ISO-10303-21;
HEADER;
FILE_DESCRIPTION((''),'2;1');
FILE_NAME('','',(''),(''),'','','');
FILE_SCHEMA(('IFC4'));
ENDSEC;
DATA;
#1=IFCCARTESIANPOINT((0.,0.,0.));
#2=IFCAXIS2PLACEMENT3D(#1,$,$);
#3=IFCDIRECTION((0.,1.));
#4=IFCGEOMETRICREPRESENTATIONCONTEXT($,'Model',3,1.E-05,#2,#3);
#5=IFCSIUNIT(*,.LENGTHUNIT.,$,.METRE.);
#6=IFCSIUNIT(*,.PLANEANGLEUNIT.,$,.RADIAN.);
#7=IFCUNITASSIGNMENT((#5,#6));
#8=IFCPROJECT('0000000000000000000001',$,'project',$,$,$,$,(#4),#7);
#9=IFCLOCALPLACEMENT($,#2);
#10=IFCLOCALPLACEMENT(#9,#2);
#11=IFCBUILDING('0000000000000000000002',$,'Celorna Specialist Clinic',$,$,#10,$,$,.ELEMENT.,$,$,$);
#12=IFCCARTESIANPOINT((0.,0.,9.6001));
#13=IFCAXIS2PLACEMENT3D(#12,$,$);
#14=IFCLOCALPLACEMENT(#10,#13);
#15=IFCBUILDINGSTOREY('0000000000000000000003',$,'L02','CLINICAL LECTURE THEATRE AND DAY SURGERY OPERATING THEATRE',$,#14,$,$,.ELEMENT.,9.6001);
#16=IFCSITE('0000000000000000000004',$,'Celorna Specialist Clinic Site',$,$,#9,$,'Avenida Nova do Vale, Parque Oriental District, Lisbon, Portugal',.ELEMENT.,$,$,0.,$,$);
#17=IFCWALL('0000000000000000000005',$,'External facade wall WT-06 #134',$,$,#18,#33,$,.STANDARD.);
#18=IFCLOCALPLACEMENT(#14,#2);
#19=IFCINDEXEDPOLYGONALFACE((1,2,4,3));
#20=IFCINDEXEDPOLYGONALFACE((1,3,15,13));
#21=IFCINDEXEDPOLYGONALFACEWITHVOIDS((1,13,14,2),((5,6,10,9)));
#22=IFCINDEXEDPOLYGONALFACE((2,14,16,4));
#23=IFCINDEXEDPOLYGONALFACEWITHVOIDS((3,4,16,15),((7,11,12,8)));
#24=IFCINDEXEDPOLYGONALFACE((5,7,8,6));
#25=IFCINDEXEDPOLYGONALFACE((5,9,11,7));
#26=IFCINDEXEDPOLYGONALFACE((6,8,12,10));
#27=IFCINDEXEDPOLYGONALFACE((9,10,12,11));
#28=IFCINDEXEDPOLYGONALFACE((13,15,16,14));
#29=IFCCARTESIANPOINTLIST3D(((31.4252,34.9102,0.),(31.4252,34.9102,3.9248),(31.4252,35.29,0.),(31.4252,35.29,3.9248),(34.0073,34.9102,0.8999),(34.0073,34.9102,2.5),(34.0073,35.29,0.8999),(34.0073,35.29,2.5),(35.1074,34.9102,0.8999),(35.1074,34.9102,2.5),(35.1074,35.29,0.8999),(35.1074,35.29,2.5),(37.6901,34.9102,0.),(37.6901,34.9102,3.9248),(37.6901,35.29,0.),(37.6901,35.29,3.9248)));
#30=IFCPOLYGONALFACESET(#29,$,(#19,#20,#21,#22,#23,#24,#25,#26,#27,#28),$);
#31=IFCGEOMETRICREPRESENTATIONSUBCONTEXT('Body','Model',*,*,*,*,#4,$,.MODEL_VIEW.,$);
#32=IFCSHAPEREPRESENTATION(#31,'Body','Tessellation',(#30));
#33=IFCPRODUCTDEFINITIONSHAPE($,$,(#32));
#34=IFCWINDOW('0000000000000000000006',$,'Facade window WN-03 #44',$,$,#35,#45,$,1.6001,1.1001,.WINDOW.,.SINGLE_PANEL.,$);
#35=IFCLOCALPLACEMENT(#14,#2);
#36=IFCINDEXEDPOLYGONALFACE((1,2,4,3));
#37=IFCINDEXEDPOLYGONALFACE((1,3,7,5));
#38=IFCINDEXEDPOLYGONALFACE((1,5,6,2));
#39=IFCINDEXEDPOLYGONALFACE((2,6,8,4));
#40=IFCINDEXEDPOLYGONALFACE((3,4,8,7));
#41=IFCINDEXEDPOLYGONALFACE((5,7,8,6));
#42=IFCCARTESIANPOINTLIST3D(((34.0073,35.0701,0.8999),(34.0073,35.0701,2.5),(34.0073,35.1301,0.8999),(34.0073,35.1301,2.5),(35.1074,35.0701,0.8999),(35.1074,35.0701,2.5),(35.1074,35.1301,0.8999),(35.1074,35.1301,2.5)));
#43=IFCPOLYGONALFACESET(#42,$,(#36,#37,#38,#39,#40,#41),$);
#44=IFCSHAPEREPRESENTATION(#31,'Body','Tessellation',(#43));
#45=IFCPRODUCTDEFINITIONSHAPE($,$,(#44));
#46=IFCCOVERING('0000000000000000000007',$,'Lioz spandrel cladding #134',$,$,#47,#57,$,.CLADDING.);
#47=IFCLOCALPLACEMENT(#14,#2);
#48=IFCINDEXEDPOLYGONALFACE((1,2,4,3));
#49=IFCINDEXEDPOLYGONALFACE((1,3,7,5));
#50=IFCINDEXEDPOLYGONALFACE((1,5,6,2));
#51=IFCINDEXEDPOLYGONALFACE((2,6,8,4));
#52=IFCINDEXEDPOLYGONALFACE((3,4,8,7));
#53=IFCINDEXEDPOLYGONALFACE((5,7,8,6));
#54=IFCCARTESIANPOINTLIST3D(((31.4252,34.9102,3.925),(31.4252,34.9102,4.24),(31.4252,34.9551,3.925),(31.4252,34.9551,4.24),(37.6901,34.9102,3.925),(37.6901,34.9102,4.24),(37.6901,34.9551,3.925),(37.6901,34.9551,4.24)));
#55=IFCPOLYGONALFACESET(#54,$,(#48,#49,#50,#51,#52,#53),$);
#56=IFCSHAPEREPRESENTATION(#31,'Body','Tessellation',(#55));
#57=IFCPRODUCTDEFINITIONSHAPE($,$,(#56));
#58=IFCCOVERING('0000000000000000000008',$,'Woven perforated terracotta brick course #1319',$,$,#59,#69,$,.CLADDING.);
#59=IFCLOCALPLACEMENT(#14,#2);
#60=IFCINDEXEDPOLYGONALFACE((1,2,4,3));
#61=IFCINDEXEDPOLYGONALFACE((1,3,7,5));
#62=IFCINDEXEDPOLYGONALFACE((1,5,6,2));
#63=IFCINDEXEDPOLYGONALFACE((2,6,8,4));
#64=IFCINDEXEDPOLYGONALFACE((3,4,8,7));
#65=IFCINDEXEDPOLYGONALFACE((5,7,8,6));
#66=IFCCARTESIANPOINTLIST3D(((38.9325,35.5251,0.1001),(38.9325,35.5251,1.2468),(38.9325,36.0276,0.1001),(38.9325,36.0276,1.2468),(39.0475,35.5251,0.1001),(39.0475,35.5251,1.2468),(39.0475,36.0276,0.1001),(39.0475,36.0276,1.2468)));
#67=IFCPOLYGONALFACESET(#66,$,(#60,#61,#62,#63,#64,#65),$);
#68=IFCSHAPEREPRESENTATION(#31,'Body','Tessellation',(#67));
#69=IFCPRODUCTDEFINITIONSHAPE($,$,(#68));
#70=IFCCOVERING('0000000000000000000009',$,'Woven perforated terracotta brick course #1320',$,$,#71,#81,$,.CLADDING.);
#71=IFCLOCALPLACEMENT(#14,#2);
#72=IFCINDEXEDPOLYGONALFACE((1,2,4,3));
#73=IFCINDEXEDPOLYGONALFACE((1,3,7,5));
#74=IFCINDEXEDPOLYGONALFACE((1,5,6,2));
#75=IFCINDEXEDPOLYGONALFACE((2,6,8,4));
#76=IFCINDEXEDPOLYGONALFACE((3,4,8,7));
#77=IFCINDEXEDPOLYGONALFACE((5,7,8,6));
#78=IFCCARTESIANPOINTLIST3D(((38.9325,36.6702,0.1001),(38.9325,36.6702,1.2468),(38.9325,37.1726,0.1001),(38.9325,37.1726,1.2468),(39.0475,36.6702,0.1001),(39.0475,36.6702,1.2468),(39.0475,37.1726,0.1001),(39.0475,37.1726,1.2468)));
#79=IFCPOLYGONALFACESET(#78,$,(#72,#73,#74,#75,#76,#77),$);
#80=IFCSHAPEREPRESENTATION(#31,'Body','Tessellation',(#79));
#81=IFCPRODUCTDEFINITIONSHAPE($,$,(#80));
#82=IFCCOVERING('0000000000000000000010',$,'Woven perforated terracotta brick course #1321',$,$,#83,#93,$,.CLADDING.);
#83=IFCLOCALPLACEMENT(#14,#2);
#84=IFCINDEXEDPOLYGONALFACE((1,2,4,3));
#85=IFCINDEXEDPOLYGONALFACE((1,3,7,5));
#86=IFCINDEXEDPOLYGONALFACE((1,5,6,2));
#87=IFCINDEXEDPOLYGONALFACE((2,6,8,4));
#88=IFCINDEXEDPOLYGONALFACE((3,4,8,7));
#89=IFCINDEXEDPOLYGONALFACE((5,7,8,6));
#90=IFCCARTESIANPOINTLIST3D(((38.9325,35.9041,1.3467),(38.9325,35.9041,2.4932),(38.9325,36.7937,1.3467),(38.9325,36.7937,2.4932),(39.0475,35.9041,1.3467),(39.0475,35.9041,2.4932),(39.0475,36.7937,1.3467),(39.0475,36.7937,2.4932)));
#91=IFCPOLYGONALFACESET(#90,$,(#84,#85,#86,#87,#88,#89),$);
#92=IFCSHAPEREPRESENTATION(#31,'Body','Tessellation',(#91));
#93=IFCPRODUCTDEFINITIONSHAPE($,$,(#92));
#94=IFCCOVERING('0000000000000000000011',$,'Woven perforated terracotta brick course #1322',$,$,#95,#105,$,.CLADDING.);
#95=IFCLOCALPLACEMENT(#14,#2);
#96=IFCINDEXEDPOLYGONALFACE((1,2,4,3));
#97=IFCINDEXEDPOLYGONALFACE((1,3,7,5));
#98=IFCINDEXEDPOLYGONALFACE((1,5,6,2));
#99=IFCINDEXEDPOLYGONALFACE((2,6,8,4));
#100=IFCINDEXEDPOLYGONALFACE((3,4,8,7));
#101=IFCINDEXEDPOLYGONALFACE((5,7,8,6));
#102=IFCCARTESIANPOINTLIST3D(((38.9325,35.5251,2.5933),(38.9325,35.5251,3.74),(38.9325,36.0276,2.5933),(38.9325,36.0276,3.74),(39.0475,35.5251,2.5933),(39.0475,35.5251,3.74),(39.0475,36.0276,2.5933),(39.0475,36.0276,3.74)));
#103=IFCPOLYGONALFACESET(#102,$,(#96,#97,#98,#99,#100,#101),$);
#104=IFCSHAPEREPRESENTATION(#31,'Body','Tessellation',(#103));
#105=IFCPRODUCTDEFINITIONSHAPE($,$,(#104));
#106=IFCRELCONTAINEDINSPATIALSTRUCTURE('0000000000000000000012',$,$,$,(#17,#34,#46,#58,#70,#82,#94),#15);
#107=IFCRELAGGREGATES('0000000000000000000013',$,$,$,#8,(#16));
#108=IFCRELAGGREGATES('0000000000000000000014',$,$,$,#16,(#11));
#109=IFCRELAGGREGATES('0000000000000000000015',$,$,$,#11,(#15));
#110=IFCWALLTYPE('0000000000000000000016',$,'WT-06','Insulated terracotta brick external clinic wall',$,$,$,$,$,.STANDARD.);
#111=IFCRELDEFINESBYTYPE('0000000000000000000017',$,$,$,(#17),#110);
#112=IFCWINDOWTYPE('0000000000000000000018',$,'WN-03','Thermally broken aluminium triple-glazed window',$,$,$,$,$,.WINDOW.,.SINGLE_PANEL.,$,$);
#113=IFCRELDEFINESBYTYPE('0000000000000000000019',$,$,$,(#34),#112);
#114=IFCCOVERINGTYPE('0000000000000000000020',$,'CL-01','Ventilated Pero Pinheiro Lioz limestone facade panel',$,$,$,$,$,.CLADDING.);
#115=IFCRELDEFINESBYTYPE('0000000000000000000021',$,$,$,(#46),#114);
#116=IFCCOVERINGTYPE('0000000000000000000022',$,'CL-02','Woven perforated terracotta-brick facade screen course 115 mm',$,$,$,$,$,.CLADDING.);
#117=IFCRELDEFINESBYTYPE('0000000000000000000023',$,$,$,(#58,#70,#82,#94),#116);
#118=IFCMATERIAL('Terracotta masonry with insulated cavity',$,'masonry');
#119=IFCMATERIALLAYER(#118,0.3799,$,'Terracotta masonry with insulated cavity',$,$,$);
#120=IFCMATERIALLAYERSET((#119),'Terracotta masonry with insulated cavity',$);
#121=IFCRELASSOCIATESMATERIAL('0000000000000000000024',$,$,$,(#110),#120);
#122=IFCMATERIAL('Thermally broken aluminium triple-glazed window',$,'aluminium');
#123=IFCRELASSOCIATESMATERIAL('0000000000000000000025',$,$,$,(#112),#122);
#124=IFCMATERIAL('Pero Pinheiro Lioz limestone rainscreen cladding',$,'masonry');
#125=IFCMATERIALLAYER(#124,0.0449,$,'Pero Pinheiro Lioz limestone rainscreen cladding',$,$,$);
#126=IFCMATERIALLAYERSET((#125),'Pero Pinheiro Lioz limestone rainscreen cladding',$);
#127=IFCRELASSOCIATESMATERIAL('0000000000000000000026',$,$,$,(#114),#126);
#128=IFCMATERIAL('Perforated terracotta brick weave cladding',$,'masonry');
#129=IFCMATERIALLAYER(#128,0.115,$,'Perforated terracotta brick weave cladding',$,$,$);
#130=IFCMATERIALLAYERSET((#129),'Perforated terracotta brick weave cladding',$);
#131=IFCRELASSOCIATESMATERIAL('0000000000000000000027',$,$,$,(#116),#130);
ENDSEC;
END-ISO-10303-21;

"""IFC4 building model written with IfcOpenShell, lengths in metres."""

from ifc_helpers import new_model, si_unit, direction, frame, frame_2d, origin, origin_2d, place, context, subcontext, project, spatial, rectangle, extrude, material, layer, layer_set, type_object, element, fill, save


model = new_model("IFC4")

# Units and contexts
model_context = context("Model", 3, precision=1e-05, world=origin(), true_north=direction((0.0, 1.0)))
body_context = subcontext(model_context, "Body", "Model", "MODEL_VIEW")
ifc_project = project(units=[si_unit("LENGTHUNIT", "METRE"), si_unit("PLANEANGLEUNIT", "RADIAN")], contexts=[model_context])

# Site, building, storey
site_placement = place(None, origin())
site = spatial("IfcSite", under=ifc_project, at=site_placement, Name="Celorna Specialist Clinic Site", LongName="Avenida Nova do Vale, Parque Oriental District, Lisbon, Portugal", CompositionType="ELEMENT", RefElevation=0.0)
building_placement = place(site_placement, origin())
building = spatial("IfcBuilding", under=site, at=building_placement, Name="Celorna Specialist Clinic", CompositionType="ELEMENT")
storey_placement = place(building_placement, frame((0.0, 0.0, 9.6001)))
storey = spatial("IfcBuildingStorey", under=building, at=storey_placement, Name="L02", Description="CLINICAL LECTURE THEATRE AND DAY SURGERY OPERATING THEATRE", CompositionType="ELEMENT", Elevation=9.6001)

# Wall, opening, window
ifc_material_1 = material(Name="Terracotta masonry with insulated cavity", Category="masonry")
ifc_layer_1 = layer(ifc_material_1, 0.3799, Name="Terracotta masonry with insulated cavity")
ifc_layer_set_1 = layer_set([ifc_layer_1], Name="Terracotta masonry with insulated cavity")
wall_type = type_object("IfcWallType", Name="WT-06", Description="Insulated terracotta brick external clinic wall", PredefinedType="STANDARD", material=ifc_layer_set_1)
wall_placement = place(storey_placement, frame((37.6899, 35.1001, 0.0), z_axis=(0.0, 0.0, 1.0), x_axis=(-1.0, 0.0, 0.0)))
wall = element("IfcWall", 1, at=wall_placement, inside=storey, type_object=wall_type, Name="External facade wall WT-06 #134", PredefinedType="STANDARD", context=body_context, shape_type="SweptSolid", body=[
    extrude(rectangle(XDim=6.2649, YDim=0.3799, at=frame_2d((3.1323, 0.0))), origin(), (0.0, 0.0, 1.0), 3.9248),
])
opening_placement = place(wall_placement, frame((2.5825, 0.0, 0.8999)))
opening = element("IfcOpeningElement", 2, at=opening_placement, cuts=wall, PredefinedType="OPENING", context=body_context, shape_type="SweptSolid", body=[
    extrude(rectangle(XDim=1.1001, YDim=1.6001, at=frame_2d((0.55, 0.8))), frame((0.0, 0.2, 0.0), z_axis=(0.0, -1.0, 0.0), x_axis=(1.0, 0.0, 0.0)), (0.0, 0.0, 1.0), 0.3999),
])
ifc_material_2 = material(Name="Thermally broken aluminium triple-glazed window", Category="aluminium")
window_type = type_object("IfcWindowType", Name="WN-03", Description="Thermally broken aluminium triple-glazed window", PartitioningType="SINGLE_PANEL", PredefinedType="WINDOW", material=ifc_material_2)
window_placement = place(opening_placement, origin())
window = element("IfcWindow", 3, at=window_placement, inside=storey, type_object=window_type, Name="Facade window WN-03 #44", OverallHeight=1.6001, OverallWidth=1.1001, PartitioningType="SINGLE_PANEL", PredefinedType="WINDOW", context=body_context, shape_type="SweptSolid", body=[
    extrude(rectangle(XDim=1.1001, YDim=1.6001, at=frame_2d((0.55, 0.8))), frame((0.0, 0.03, 0.0), z_axis=(0.0, -1.0, 0.0), x_axis=(1.0, 0.0, 0.0)), (0.0, 0.0, 1.0), 0.0601),
])
fill(opening, window)

# Coverings
ifc_material_3 = material(Name="Pero Pinheiro Lioz limestone rainscreen cladding", Category="masonry")
ifc_layer_2 = layer(ifc_material_3, 0.0449, Name="Pero Pinheiro Lioz limestone rainscreen cladding")
ifc_layer_set_2 = layer_set([ifc_layer_2], Name="Pero Pinheiro Lioz limestone rainscreen cladding")
covering_type_1 = type_object("IfcCoveringType", Name="CL-01", Description="Ventilated Pero Pinheiro Lioz limestone facade panel", PredefinedType="CLADDING", material=ifc_layer_set_2)
covering_1_placement = place(storey_placement, frame((34.5576, 34.9326, 3.925), z_axis=(0.0, 0.0, 1.0), x_axis=(-1.0, 0.0, 0.0)))
element("IfcCovering", 4, at=covering_1_placement, inside=storey, type_object=covering_type_1, Name="Lioz spandrel cladding #134", PredefinedType="CLADDING", context=body_context, shape_type="SweptSolid", body=[
    extrude(rectangle(XDim=6.2649, YDim=0.0449, at=origin_2d()), origin(), (0.0, 0.0, 1.0), 0.3149),
])
ifc_material_4 = material(Name="Perforated terracotta brick weave cladding", Category="masonry")
ifc_layer_3 = layer(ifc_material_4, 0.115, Name="Perforated terracotta brick weave cladding")
ifc_layer_set_3 = layer_set([ifc_layer_3], Name="Perforated terracotta brick weave cladding")
covering_type_2 = type_object("IfcCoveringType", Name="CL-02", Description="Woven perforated terracotta-brick facade screen course 115 mm", PredefinedType="CLADDING", material=ifc_layer_set_3)
for number, where, z_axis, x_axis, name in (
    (5, (38.99, 35.7764, 0.1001), (0.0, 0.0, 1.0), (0.0, 1.0, 0.0), "Woven perforated terracotta brick course #1319"),
    (6, (38.99, 36.9214, 0.1001), (0.0, 0.0, 1.0), (0.0, 1.0, 0.0), "Woven perforated terracotta brick course #1320"),
):
    element("IfcCovering", number, at=place(storey_placement, frame(where, z_axis=z_axis, x_axis=x_axis)), inside=storey, type_object=covering_type_2, Name=name, PredefinedType="CLADDING", context=body_context, shape_type="SweptSolid", body=[
        extrude(rectangle(XDim=0.5024, YDim=0.115, at=origin_2d()), origin(), (0.0, 0.0, 1.0), 1.1467),
    ])
covering_2_placement = place(storey_placement, frame((38.99, 36.3489, 1.3467), z_axis=(0.0, 0.0, 1.0), x_axis=(0.0, 1.0, 0.0)))
element("IfcCovering", 7, at=covering_2_placement, inside=storey, type_object=covering_type_2, Name="Woven perforated terracotta brick course #1321", PredefinedType="CLADDING", context=body_context, shape_type="SweptSolid", body=[
    extrude(rectangle(XDim=0.8896, YDim=0.115, at=origin_2d()), origin(), (0.0, 0.0, 1.0), 1.1465),
])
covering_3_placement = place(storey_placement, frame((38.99, 35.7764, 2.5933), z_axis=(0.0, 0.0, 1.0), x_axis=(0.0, 1.0, 0.0)))
element("IfcCovering", 8, at=covering_3_placement, inside=storey, type_object=covering_type_2, Name="Woven perforated terracotta brick course #1322", PredefinedType="CLADDING", context=body_context, shape_type="SweptSolid", body=[
    extrude(rectangle(XDim=0.5024, YDim=0.115, at=origin_2d()), origin(), (0.0, 0.0, 1.0), 1.1467),
])

save(model, "model.ifc")
